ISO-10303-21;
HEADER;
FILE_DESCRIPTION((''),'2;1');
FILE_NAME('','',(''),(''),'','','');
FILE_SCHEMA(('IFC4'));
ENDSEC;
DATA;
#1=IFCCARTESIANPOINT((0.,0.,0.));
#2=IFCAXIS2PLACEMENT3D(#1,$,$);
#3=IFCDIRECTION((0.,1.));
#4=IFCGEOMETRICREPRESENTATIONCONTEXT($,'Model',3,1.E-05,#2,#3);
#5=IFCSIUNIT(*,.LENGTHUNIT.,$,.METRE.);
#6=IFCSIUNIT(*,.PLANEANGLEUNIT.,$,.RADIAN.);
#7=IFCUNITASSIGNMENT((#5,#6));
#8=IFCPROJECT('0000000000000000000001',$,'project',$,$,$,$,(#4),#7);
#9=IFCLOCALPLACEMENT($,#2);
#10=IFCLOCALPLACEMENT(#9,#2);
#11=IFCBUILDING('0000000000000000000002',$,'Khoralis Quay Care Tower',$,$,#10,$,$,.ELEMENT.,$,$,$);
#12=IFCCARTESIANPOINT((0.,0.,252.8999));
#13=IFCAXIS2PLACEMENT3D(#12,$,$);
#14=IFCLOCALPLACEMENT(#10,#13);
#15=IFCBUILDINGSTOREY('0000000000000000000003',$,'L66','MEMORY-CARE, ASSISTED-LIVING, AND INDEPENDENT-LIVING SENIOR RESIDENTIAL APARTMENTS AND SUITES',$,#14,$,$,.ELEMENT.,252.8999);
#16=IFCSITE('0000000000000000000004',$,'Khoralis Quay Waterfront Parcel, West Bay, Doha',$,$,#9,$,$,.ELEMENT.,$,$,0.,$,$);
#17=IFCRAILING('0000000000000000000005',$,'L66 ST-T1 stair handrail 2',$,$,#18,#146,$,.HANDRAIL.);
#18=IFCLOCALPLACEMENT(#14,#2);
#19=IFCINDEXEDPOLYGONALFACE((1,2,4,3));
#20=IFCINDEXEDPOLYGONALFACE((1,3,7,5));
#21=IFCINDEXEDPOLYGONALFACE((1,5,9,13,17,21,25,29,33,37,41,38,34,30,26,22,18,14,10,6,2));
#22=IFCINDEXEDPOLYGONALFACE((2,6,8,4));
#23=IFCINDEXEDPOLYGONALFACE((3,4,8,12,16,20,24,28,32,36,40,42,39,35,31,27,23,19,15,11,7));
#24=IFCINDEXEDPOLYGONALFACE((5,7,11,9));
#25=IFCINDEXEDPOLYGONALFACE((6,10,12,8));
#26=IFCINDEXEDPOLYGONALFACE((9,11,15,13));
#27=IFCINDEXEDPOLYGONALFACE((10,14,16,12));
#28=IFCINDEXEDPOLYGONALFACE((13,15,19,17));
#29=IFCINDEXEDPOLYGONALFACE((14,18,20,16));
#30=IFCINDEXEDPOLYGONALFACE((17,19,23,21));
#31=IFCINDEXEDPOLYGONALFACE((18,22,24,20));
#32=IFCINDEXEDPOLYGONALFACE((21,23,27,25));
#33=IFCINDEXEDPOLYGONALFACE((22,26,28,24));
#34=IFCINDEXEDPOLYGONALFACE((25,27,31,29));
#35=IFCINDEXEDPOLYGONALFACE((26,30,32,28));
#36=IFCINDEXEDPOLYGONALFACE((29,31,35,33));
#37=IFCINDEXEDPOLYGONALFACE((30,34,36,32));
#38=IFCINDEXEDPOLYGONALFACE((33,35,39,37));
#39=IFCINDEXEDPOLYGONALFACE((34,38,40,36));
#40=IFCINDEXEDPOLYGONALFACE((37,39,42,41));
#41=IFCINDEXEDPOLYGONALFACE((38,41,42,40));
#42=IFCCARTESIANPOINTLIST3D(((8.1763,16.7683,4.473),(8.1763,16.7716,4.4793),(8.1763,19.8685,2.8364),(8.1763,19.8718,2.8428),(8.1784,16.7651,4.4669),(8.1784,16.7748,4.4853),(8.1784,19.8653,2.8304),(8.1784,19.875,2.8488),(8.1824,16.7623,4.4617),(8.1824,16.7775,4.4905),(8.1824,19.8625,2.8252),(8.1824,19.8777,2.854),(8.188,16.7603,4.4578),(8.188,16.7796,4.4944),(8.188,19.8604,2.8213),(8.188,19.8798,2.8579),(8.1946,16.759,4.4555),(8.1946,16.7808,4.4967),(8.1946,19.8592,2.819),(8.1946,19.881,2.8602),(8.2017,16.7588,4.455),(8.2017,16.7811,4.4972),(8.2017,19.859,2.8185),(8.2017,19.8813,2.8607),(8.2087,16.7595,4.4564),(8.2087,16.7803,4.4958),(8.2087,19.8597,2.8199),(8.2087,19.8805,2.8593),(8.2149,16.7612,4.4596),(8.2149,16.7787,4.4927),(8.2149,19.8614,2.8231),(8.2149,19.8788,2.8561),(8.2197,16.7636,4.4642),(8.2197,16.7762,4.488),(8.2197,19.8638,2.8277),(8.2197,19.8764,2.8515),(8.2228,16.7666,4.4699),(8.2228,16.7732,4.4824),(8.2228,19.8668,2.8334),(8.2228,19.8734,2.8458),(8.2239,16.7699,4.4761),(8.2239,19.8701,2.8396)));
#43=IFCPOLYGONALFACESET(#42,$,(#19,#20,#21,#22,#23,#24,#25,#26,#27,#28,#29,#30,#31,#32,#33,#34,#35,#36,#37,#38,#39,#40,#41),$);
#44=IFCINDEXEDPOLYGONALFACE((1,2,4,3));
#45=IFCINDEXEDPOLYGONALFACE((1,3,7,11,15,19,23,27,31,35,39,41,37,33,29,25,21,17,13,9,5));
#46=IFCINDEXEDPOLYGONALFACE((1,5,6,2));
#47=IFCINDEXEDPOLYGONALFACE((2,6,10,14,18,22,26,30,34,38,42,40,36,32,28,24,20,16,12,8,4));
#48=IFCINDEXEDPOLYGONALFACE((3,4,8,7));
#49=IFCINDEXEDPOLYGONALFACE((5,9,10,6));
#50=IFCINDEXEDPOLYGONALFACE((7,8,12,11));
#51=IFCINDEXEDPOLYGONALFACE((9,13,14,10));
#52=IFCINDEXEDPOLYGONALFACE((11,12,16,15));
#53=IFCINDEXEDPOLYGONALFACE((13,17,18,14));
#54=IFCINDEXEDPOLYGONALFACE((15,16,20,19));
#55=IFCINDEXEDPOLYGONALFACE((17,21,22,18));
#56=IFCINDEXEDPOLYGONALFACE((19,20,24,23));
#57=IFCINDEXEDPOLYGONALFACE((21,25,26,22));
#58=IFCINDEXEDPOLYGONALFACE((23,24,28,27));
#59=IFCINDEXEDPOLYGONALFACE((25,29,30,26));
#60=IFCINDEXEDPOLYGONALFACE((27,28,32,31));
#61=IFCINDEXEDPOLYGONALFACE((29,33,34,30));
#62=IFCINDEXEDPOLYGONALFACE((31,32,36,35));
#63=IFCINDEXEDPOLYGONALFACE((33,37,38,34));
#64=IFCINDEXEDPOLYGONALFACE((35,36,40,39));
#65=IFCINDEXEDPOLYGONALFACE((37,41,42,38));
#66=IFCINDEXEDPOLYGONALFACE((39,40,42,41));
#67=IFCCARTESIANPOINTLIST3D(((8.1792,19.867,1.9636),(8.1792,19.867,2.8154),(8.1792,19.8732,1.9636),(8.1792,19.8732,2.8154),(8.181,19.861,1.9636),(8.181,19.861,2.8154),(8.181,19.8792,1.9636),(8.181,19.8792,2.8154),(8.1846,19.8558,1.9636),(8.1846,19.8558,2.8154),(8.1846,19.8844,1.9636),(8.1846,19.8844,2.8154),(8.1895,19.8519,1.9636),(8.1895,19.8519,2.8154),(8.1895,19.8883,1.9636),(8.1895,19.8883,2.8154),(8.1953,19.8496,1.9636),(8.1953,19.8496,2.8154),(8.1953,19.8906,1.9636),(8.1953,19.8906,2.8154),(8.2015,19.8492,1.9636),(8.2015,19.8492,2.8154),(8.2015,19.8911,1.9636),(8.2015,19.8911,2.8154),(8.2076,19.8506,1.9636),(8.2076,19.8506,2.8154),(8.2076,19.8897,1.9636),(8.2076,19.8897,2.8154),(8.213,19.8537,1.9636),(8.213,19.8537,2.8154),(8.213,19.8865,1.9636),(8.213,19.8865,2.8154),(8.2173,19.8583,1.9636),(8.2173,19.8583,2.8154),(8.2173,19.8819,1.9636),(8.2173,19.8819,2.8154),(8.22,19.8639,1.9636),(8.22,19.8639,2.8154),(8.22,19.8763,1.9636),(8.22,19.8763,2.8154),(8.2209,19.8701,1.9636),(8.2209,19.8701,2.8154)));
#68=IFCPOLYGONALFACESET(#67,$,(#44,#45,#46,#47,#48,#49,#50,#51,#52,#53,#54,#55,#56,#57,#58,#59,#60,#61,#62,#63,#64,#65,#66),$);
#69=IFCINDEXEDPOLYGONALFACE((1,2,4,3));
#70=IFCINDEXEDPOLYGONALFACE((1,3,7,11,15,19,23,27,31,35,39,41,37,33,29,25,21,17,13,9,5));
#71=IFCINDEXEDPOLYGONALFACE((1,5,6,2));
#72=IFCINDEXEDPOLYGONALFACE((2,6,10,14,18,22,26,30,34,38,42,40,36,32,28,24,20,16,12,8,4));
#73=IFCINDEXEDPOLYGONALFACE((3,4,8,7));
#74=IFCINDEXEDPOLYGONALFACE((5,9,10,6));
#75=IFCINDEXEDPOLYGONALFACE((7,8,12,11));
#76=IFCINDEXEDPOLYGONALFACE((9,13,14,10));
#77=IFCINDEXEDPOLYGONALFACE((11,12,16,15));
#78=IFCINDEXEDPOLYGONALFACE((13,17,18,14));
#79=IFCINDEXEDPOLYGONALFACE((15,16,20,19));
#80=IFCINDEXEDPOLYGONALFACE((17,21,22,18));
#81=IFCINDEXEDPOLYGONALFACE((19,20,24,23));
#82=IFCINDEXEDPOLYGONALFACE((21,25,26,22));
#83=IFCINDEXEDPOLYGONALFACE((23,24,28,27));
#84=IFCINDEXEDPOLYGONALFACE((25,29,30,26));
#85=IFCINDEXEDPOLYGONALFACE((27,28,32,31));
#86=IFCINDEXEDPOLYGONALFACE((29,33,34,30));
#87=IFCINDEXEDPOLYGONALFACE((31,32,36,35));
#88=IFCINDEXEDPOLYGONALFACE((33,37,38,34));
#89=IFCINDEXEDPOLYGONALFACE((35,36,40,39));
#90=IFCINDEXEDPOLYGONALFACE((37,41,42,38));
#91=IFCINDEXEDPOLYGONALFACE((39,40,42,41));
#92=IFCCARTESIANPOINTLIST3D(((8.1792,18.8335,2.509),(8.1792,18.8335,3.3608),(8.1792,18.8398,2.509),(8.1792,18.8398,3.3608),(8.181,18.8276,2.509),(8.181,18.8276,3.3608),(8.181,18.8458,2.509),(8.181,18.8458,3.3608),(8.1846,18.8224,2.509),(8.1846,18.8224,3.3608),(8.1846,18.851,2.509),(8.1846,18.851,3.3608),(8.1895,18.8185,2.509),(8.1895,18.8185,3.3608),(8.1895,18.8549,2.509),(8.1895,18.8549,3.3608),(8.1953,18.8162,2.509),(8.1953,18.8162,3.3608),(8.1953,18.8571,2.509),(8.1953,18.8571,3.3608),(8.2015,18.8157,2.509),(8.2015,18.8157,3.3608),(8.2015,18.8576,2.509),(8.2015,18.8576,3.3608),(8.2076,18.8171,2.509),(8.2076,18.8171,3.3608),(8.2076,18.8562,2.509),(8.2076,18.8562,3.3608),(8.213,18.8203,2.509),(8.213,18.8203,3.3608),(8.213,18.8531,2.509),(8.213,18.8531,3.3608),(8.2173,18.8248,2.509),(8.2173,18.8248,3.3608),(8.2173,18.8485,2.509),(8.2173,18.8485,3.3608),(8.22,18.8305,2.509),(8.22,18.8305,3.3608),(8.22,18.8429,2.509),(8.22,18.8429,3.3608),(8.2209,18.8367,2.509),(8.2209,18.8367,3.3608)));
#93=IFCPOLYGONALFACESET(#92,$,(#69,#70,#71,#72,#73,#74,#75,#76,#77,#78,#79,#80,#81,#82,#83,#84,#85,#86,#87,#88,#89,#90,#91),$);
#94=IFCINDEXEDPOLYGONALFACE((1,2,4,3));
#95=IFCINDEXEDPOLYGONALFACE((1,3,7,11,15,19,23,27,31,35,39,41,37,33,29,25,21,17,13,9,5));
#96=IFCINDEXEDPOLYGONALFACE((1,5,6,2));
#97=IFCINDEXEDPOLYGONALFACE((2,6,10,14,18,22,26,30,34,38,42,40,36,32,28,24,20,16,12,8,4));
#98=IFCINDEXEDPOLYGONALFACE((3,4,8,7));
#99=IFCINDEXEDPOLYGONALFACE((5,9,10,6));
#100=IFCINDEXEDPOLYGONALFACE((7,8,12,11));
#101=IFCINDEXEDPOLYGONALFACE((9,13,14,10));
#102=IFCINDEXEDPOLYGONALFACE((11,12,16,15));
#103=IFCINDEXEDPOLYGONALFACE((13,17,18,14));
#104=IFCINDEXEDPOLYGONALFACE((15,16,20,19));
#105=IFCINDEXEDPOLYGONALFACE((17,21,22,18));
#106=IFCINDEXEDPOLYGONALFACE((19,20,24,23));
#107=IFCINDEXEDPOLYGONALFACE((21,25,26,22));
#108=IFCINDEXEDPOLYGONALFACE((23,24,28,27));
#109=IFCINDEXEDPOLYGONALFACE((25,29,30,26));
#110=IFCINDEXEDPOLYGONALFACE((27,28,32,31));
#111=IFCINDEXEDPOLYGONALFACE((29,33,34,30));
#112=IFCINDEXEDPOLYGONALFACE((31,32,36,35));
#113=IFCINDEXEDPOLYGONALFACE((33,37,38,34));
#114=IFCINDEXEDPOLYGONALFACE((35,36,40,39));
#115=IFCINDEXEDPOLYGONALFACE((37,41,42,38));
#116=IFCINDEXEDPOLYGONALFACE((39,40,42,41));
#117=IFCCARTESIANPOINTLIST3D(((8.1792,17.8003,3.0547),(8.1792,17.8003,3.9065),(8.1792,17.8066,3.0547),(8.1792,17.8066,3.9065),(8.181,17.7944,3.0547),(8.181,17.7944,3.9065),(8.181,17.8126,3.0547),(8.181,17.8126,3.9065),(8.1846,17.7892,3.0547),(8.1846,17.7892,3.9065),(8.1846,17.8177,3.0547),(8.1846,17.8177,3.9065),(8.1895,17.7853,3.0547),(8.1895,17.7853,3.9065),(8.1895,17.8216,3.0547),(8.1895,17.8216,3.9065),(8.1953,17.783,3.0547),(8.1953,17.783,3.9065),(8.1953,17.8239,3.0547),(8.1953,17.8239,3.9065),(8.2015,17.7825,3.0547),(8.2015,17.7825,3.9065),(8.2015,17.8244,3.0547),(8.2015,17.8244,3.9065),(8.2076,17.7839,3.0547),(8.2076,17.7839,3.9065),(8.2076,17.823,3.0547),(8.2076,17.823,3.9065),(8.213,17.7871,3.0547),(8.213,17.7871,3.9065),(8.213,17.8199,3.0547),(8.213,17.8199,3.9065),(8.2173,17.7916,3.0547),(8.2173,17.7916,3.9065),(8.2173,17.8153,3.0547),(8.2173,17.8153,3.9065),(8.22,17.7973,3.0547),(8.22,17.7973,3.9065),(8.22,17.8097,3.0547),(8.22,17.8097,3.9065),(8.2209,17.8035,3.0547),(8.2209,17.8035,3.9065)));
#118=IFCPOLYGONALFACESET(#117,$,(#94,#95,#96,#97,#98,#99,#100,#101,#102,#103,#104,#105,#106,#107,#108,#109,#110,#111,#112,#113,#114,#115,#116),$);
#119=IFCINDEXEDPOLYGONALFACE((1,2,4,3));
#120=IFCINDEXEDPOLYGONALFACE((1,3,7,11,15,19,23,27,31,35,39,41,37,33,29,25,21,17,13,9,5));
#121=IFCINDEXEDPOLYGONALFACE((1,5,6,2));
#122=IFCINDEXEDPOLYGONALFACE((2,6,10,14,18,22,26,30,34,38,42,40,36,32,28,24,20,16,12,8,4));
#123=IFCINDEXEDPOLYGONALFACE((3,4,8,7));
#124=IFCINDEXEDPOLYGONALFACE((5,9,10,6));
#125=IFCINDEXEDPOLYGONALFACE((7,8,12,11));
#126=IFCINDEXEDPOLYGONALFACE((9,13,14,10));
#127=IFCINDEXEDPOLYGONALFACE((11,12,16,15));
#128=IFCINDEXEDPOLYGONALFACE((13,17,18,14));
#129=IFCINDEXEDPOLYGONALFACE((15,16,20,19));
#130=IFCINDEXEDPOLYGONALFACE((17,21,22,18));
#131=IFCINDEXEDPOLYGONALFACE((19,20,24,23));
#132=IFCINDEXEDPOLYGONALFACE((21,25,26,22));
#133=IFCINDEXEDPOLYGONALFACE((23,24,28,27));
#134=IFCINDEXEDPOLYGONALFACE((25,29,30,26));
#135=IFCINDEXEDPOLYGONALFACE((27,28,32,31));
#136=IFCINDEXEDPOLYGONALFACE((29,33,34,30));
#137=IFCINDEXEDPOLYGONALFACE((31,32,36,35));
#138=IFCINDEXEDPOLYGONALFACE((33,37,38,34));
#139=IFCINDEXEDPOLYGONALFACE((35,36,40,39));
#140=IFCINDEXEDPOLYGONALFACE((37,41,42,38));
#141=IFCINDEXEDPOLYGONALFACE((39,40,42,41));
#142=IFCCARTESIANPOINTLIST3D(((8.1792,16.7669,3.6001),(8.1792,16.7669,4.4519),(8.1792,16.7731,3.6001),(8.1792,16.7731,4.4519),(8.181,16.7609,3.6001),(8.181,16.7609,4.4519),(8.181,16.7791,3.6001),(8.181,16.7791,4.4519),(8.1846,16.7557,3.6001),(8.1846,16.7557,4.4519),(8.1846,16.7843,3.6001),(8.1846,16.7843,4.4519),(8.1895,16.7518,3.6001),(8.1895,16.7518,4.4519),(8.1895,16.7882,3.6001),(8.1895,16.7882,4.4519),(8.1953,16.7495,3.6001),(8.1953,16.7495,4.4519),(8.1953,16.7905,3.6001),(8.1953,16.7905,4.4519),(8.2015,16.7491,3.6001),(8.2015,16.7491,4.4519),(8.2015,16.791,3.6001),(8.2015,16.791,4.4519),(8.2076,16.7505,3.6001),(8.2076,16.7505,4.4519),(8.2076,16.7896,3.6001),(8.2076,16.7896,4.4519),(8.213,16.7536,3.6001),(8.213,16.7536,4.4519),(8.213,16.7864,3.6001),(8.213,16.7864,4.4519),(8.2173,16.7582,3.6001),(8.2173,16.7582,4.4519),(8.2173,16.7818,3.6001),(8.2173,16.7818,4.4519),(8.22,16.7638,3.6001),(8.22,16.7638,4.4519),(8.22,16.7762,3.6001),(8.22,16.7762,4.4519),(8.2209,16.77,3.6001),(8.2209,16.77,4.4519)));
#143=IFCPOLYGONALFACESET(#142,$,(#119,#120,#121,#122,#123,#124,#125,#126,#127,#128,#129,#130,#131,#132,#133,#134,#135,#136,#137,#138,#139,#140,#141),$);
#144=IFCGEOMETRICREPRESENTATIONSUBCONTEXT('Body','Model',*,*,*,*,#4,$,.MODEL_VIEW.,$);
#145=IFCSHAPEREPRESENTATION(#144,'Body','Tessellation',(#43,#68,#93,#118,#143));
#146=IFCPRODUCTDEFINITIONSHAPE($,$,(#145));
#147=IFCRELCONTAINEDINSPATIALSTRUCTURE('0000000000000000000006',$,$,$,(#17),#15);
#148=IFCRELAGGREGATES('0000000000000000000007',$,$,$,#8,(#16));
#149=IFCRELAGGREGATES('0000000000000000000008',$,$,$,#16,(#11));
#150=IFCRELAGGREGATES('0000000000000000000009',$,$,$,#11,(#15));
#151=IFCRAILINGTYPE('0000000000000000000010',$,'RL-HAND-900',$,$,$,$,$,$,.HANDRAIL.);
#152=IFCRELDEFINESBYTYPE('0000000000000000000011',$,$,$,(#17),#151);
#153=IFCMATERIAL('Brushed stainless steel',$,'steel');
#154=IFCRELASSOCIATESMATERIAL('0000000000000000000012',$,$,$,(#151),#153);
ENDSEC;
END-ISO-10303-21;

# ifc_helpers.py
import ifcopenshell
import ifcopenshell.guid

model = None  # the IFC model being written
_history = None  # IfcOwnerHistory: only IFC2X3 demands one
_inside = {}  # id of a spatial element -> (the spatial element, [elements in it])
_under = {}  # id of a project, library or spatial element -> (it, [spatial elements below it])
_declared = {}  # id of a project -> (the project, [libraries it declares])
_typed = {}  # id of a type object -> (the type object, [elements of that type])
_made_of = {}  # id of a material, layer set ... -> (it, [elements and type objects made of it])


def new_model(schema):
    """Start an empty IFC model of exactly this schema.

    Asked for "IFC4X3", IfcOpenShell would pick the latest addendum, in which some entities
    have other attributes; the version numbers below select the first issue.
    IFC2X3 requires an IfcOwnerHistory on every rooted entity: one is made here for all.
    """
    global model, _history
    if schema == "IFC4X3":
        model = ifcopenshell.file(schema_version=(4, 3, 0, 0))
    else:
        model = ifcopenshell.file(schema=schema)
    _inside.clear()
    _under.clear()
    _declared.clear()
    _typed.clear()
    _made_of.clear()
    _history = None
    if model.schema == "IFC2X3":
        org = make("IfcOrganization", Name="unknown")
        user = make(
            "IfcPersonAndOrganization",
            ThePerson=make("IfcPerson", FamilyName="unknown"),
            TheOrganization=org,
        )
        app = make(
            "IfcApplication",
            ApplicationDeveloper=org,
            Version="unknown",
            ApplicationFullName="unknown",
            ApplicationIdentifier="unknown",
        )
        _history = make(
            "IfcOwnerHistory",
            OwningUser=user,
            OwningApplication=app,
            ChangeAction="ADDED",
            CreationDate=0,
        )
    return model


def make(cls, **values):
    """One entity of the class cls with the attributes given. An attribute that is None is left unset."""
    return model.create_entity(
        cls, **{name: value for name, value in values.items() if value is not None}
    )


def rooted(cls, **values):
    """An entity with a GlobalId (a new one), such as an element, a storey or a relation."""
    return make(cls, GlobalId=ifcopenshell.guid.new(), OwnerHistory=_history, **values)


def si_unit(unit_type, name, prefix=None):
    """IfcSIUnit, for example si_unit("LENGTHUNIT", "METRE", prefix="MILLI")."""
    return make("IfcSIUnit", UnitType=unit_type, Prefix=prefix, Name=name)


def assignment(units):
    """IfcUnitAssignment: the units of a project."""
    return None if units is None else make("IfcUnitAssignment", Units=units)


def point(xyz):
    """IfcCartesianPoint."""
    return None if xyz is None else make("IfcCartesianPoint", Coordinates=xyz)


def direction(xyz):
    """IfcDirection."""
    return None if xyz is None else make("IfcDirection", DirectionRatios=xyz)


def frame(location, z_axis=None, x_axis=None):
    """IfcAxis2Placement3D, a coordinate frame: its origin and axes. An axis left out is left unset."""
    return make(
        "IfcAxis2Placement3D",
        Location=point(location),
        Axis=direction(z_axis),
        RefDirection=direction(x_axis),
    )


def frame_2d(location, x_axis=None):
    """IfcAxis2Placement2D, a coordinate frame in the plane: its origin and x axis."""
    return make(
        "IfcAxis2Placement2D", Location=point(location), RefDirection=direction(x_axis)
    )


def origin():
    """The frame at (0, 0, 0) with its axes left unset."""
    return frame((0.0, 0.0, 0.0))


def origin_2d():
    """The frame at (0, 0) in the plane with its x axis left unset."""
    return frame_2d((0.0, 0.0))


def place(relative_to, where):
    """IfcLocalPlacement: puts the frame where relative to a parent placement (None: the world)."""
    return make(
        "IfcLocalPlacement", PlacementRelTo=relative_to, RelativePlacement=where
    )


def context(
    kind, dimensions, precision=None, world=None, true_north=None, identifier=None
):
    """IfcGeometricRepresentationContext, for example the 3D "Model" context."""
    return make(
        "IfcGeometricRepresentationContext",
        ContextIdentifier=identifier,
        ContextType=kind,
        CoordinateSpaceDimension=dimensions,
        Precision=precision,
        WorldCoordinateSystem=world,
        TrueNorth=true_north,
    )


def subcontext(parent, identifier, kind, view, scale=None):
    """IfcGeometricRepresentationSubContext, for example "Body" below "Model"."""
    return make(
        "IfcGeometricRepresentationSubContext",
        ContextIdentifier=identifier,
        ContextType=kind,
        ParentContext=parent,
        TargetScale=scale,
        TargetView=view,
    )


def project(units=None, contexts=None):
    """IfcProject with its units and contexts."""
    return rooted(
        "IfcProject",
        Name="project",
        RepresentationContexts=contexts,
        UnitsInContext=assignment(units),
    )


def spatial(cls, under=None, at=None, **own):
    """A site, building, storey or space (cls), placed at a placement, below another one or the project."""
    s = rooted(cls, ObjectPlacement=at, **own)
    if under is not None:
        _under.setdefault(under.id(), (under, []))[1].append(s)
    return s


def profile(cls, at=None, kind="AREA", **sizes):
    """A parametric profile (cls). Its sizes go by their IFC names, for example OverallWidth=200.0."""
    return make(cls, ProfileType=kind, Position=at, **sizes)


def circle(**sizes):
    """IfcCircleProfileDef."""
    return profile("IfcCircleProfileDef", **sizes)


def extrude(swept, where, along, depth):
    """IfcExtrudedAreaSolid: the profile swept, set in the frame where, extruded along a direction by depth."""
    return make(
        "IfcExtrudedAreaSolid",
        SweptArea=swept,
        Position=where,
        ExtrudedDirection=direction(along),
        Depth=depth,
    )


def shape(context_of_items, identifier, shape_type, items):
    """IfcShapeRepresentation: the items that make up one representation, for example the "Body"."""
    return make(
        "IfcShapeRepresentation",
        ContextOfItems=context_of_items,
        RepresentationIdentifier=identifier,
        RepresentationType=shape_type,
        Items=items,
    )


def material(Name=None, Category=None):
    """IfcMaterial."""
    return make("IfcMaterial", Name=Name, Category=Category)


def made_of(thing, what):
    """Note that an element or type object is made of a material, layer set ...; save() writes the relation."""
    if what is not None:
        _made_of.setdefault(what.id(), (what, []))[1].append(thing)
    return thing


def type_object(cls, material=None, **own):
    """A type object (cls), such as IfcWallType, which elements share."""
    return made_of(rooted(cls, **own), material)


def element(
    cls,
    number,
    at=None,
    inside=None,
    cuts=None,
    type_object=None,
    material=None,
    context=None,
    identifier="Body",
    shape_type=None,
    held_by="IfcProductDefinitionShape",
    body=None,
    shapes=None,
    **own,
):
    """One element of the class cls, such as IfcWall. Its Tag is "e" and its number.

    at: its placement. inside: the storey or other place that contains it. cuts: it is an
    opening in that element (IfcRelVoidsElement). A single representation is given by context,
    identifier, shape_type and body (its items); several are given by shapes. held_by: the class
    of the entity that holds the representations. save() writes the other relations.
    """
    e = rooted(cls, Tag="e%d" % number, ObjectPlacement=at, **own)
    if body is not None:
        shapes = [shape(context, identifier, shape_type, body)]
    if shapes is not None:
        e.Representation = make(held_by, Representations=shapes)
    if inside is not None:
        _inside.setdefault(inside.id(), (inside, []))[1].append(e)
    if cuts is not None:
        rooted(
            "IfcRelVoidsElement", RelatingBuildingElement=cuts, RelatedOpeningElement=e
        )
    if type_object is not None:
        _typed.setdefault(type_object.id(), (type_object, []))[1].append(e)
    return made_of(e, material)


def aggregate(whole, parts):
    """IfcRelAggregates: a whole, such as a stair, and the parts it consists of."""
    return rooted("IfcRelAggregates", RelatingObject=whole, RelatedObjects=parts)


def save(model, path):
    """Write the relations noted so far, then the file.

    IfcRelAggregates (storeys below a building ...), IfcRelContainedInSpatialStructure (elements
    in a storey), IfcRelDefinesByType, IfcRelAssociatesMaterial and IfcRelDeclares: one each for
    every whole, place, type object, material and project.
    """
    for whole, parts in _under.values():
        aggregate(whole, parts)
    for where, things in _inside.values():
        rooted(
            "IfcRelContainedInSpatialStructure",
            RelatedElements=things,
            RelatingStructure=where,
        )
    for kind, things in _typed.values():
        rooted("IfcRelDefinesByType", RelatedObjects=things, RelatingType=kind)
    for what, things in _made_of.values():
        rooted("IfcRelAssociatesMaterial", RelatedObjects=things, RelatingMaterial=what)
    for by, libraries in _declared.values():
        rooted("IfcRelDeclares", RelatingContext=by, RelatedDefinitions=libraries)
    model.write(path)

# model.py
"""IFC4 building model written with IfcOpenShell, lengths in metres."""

from ifc_helpers import new_model, si_unit, direction, frame, origin, origin_2d, place, context, subcontext, project, spatial, circle, extrude, material, type_object, element, save


model = new_model("IFC4")

# Units and contexts
model_context = context("Model", 3, precision=1e-05, world=origin(), true_north=direction((0.0, 1.0)))
body_context = subcontext(model_context, "Body", "Model", "MODEL_VIEW")
ifc_project = project(units=[si_unit("LENGTHUNIT", "METRE"), si_unit("PLANEANGLEUNIT", "RADIAN")], contexts=[model_context])

# Site, building, storey
site_placement = place(None, origin())
site = spatial("IfcSite", under=ifc_project, at=site_placement, Name="Khoralis Quay Waterfront Parcel, West Bay, Doha", CompositionType="ELEMENT", RefElevation=0.0)
building_placement = place(site_placement, origin())
building = spatial("IfcBuilding", under=site, at=building_placement, Name="Khoralis Quay Care Tower", CompositionType="ELEMENT")
storey_placement = place(building_placement, frame((0.0, 0.0, 252.8999)))
storey = spatial("IfcBuildingStorey", under=building, at=storey_placement, Name="L66", Description="MEMORY-CARE, ASSISTED-LIVING, AND INDEPENDENT-LIVING SENIOR RESIDENTIAL APARTMENTS AND SUITES", CompositionType="ELEMENT", Elevation=252.8999)

# Railing
ifc_material_1 = material(Name="Brushed stainless steel", Category="steel")
railing_type_1 = type_object("IfcRailingType", Name="RL-HAND-900", PredefinedType="HANDRAIL", material=ifc_material_1)
railing_1_placement = place(storey_placement, frame((8.2, 19.8701, 1.9636)))
element("IfcRailing", 1, at=railing_1_placement, inside=storey, type_object=railing_type_1, Name="L66 ST-T1 stair handrail 2", PredefinedType="HANDRAIL", context=body_context, shape_type="SweptSolid", body=[
    extrude(circle(Radius=0.0239, at=origin_2d()), frame((0.0, 0.0, 0.876), z_axis=(0.0, -0.884348, 0.466828), x_axis=(1.0, 0.0, 0.0)), (0.0, 0.0, 1.0), 3.5056),
    extrude(circle(Radius=0.021, at=origin_2d()), origin(), (0.0, 0.0, 1.0), 0.8518),
    extrude(circle(Radius=0.021, at=origin_2d()), frame((0.0, -1.0334, 0.5454)), (0.0, 0.0, 1.0), 0.8518),
    extrude(circle(Radius=0.021, at=origin_2d()), frame((0.0, -2.0667, 1.0911)), (0.0, 0.0, 1.0), 0.8518),
    extrude(circle(Radius=0.021, at=origin_2d()), frame((0.0, -3.1001, 1.6365)), (0.0, 0.0, 1.0), 0.8518),
])

save(model, "model.ifc")
